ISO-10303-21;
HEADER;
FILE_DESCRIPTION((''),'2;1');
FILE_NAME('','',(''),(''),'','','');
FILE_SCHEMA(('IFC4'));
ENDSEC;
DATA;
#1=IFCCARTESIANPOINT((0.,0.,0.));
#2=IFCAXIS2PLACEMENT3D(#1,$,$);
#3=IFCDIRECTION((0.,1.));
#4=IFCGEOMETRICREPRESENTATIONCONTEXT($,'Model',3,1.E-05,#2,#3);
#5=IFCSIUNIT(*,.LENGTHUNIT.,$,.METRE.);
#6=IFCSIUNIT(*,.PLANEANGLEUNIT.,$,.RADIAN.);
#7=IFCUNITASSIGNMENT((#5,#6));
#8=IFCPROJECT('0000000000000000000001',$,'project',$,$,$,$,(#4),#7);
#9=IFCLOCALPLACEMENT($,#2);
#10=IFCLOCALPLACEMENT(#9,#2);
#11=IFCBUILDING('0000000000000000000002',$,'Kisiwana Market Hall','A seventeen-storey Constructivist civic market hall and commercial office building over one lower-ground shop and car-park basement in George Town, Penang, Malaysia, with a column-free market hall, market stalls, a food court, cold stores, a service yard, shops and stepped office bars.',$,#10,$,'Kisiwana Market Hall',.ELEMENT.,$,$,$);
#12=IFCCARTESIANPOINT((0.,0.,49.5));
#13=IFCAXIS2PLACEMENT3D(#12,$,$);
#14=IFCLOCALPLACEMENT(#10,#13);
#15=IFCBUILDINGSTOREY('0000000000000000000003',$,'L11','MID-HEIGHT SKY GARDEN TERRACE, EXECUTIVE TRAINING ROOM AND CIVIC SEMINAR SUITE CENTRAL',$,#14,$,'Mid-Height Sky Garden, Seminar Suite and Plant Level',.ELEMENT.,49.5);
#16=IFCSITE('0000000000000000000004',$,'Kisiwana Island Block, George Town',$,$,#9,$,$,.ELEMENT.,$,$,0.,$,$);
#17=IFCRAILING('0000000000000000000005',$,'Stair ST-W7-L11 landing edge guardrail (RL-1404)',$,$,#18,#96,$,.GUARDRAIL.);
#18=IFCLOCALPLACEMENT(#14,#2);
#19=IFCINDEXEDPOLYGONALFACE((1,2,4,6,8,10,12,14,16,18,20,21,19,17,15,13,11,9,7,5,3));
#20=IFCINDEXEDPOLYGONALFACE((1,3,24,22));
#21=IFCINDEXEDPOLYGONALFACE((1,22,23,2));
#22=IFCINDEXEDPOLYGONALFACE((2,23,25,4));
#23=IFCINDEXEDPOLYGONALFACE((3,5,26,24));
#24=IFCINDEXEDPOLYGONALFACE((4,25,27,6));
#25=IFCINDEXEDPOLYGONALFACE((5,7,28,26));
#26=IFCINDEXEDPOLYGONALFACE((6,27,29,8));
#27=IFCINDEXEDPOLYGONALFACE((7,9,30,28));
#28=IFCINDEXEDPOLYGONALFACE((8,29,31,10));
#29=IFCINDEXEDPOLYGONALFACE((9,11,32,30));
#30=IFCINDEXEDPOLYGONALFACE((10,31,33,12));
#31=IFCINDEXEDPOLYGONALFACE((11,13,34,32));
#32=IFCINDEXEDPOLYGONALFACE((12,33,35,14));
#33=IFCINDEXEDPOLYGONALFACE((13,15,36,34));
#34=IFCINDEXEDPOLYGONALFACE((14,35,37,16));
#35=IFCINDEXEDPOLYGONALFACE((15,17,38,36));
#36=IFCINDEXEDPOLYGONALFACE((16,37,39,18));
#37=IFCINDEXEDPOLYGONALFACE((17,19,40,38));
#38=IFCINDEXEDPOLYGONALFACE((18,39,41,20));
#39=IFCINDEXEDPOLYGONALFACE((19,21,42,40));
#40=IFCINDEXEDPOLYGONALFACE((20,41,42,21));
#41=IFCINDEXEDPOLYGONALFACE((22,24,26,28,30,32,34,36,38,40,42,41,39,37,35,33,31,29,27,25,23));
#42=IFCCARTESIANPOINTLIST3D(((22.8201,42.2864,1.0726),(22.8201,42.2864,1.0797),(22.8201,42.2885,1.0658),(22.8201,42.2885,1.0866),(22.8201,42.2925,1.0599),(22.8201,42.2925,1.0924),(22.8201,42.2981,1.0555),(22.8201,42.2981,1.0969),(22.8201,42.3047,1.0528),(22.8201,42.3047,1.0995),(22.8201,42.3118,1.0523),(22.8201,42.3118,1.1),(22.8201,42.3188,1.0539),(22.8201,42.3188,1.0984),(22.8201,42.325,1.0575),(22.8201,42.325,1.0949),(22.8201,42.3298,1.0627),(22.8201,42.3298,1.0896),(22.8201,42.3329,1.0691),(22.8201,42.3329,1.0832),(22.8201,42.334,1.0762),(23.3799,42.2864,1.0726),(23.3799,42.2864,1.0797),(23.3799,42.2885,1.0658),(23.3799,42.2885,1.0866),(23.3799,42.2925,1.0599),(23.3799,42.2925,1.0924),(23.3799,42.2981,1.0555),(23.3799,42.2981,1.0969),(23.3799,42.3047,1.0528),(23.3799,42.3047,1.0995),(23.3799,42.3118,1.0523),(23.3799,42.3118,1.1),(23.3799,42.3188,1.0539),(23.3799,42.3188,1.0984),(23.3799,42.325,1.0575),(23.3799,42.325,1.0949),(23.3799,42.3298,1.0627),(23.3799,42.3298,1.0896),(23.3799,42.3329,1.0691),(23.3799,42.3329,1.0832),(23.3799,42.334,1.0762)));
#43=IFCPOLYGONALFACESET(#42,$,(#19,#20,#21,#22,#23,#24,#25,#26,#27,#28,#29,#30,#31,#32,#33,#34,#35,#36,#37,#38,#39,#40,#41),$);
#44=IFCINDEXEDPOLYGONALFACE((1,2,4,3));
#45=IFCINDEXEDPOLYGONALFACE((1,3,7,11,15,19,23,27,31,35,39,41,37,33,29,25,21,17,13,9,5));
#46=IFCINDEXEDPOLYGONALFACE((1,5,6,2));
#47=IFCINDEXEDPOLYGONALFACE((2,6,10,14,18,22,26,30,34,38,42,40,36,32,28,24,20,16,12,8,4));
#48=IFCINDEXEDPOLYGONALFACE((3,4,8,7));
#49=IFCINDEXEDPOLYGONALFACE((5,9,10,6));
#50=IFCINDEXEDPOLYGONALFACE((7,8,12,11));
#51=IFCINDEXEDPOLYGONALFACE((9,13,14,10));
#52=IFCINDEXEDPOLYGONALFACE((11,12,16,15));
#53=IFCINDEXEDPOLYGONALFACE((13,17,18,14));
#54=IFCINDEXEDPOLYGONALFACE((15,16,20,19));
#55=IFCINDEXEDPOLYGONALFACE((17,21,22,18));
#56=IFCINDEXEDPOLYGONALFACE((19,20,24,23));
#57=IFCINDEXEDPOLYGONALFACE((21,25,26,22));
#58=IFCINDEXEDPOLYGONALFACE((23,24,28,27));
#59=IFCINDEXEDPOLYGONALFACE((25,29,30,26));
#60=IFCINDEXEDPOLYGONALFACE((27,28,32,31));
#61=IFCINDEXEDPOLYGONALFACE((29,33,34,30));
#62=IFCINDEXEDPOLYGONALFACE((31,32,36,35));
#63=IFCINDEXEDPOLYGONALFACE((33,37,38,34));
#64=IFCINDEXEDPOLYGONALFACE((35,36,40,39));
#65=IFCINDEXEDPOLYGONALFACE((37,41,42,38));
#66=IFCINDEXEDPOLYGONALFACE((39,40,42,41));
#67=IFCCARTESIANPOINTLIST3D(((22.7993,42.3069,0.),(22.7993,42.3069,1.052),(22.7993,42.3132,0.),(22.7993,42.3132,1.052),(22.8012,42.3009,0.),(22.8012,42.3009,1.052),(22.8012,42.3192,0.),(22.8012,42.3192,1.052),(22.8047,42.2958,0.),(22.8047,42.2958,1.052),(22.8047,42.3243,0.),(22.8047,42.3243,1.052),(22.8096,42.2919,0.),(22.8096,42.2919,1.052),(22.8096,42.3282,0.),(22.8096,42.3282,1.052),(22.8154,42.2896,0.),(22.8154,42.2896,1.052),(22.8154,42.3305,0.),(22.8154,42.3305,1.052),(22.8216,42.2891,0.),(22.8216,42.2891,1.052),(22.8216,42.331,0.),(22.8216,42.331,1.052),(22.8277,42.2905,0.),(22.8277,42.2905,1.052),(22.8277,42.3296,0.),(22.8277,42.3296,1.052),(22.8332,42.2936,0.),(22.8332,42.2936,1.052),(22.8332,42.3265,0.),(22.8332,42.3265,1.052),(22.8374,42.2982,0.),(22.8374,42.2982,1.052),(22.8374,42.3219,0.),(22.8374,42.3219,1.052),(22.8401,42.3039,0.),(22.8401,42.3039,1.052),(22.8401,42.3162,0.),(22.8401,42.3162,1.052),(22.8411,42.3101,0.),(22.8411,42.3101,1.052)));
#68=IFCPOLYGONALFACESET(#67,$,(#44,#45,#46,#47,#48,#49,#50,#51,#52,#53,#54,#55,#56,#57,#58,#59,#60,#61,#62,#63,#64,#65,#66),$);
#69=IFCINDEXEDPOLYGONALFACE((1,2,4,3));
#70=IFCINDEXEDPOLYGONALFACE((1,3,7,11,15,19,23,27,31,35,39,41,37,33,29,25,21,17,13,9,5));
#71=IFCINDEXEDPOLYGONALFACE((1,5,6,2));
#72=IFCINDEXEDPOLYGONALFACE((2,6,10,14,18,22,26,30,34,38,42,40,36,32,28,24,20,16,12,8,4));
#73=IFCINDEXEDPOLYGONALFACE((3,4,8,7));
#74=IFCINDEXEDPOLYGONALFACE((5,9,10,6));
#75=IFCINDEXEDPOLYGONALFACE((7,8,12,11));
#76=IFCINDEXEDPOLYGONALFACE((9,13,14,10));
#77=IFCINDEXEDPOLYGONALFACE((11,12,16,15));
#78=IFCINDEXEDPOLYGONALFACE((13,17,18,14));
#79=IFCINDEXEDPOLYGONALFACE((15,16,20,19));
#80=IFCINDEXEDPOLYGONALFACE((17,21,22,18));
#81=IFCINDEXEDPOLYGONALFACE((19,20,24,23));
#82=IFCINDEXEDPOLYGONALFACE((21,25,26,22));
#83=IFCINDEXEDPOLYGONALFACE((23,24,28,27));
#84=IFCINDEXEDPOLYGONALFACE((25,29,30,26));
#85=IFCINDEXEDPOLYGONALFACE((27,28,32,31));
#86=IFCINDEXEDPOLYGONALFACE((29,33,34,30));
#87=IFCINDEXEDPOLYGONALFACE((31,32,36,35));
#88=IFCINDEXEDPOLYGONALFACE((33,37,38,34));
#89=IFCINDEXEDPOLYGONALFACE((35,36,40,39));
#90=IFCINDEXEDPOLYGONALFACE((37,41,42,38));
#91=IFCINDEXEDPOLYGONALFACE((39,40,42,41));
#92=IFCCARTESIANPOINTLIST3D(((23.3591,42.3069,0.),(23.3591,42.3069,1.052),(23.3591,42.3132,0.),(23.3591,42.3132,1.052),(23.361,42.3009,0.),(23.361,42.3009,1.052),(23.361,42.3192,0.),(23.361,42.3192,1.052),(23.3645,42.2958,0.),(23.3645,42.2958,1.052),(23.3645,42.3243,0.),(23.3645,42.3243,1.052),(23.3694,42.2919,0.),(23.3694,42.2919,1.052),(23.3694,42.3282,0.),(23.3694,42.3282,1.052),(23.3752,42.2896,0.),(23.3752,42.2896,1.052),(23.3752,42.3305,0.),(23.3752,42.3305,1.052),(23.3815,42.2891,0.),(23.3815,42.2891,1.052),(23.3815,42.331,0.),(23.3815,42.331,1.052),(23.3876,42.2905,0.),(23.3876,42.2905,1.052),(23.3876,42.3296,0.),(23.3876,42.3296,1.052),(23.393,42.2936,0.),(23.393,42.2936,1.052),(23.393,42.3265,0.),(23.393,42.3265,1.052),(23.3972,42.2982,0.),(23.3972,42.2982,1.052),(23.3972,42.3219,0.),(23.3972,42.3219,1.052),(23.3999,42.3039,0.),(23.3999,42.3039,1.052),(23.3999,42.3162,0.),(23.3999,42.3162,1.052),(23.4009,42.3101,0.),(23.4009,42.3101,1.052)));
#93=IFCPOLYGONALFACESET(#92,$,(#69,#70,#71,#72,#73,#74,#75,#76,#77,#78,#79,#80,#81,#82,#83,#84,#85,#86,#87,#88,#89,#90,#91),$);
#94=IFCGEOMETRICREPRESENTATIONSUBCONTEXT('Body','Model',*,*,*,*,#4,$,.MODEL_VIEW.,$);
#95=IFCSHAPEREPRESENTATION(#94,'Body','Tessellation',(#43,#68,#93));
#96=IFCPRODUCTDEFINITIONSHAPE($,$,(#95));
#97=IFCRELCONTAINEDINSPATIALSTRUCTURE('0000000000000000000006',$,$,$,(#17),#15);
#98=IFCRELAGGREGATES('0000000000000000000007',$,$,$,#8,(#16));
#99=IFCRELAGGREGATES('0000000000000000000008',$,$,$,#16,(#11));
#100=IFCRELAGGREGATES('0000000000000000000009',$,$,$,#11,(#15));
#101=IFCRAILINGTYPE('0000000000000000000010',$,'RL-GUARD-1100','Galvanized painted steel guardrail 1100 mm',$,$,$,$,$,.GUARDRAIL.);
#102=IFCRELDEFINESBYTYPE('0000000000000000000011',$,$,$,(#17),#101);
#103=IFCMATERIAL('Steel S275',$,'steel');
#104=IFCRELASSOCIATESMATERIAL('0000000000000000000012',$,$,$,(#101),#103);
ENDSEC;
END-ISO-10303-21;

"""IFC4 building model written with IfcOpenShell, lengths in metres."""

from ifc_helpers import new_model, si_unit, direction, frame, origin, origin_2d, place, context, subcontext, project, spatial, circle, extrude, material, type_object, element, save


model = new_model("IFC4")

# Units and contexts
model_context = context("Model", 3, precision=1e-05, world=origin(), true_north=direction((0.0, 1.0)))
body_context = subcontext(model_context, "Body", "Model", "MODEL_VIEW")
ifc_project = project(units=[si_unit("LENGTHUNIT", "METRE"), si_unit("PLANEANGLEUNIT", "RADIAN")], contexts=[model_context])

# Site, building, storey
site_placement = place(None, origin())
site = spatial("IfcSite", under=ifc_project, at=site_placement, Name="Kisiwana Island Block, George Town", CompositionType="ELEMENT", RefElevation=0.0)
building_placement = place(site_placement, origin())
building = spatial("IfcBuilding", under=site, at=building_placement, Name="Kisiwana Market Hall", Description="A seventeen-storey Constructivist civic market hall and commercial office building over one lower-ground shop and car-park basement in George Town, Penang, Malaysia, with a column-free market hall, market stalls, a food court, cold stores, a service yard, shops and stepped office bars.", LongName="Kisiwana Market Hall", CompositionType="ELEMENT")
storey_placement = place(building_placement, frame((0.0, 0.0, 49.5)))
storey = spatial("IfcBuildingStorey", under=building, at=storey_placement, Name="L11", Description="MID-HEIGHT SKY GARDEN TERRACE, EXECUTIVE TRAINING ROOM AND CIVIC SEMINAR SUITE CENTRAL", LongName="Mid-Height Sky Garden, Seminar Suite and Plant Level", CompositionType="ELEMENT", Elevation=49.5)

# Railing
ifc_material_1 = material(Name="Steel S275", Category="steel")
railing_type_1 = type_object("IfcRailingType", Name="RL-GUARD-1100", Description="Galvanized painted steel guardrail 1100 mm", PredefinedType="GUARDRAIL", material=ifc_material_1)
railing_1_placement = place(storey_placement, frame((22.8201, 42.3101, 0.0)))
element("IfcRailing", 1, at=railing_1_placement, inside=storey, type_object=railing_type_1, Name="Stair ST-W7-L11 landing edge guardrail (RL-1404)", PredefinedType="GUARDRAIL", context=body_context, shape_type="SweptSolid", body=[
    extrude(circle(Radius=0.0239, at=origin_2d()), frame((0.0, 0.0, 1.0762), z_axis=(1.0, 0.0, 0.0), x_axis=(0.0, 1.0, 0.0)), (0.0, 0.0, 1.0), 0.5598),
    extrude(circle(Radius=0.021, at=origin_2d()), origin(), (0.0, 0.0, 1.0), 1.052),
    extrude(circle(Radius=0.021, at=origin_2d()), frame((0.5598, 0.0, 0.0)), (0.0, 0.0, 1.0), 1.052),
])

save(model, "model.ifc")
